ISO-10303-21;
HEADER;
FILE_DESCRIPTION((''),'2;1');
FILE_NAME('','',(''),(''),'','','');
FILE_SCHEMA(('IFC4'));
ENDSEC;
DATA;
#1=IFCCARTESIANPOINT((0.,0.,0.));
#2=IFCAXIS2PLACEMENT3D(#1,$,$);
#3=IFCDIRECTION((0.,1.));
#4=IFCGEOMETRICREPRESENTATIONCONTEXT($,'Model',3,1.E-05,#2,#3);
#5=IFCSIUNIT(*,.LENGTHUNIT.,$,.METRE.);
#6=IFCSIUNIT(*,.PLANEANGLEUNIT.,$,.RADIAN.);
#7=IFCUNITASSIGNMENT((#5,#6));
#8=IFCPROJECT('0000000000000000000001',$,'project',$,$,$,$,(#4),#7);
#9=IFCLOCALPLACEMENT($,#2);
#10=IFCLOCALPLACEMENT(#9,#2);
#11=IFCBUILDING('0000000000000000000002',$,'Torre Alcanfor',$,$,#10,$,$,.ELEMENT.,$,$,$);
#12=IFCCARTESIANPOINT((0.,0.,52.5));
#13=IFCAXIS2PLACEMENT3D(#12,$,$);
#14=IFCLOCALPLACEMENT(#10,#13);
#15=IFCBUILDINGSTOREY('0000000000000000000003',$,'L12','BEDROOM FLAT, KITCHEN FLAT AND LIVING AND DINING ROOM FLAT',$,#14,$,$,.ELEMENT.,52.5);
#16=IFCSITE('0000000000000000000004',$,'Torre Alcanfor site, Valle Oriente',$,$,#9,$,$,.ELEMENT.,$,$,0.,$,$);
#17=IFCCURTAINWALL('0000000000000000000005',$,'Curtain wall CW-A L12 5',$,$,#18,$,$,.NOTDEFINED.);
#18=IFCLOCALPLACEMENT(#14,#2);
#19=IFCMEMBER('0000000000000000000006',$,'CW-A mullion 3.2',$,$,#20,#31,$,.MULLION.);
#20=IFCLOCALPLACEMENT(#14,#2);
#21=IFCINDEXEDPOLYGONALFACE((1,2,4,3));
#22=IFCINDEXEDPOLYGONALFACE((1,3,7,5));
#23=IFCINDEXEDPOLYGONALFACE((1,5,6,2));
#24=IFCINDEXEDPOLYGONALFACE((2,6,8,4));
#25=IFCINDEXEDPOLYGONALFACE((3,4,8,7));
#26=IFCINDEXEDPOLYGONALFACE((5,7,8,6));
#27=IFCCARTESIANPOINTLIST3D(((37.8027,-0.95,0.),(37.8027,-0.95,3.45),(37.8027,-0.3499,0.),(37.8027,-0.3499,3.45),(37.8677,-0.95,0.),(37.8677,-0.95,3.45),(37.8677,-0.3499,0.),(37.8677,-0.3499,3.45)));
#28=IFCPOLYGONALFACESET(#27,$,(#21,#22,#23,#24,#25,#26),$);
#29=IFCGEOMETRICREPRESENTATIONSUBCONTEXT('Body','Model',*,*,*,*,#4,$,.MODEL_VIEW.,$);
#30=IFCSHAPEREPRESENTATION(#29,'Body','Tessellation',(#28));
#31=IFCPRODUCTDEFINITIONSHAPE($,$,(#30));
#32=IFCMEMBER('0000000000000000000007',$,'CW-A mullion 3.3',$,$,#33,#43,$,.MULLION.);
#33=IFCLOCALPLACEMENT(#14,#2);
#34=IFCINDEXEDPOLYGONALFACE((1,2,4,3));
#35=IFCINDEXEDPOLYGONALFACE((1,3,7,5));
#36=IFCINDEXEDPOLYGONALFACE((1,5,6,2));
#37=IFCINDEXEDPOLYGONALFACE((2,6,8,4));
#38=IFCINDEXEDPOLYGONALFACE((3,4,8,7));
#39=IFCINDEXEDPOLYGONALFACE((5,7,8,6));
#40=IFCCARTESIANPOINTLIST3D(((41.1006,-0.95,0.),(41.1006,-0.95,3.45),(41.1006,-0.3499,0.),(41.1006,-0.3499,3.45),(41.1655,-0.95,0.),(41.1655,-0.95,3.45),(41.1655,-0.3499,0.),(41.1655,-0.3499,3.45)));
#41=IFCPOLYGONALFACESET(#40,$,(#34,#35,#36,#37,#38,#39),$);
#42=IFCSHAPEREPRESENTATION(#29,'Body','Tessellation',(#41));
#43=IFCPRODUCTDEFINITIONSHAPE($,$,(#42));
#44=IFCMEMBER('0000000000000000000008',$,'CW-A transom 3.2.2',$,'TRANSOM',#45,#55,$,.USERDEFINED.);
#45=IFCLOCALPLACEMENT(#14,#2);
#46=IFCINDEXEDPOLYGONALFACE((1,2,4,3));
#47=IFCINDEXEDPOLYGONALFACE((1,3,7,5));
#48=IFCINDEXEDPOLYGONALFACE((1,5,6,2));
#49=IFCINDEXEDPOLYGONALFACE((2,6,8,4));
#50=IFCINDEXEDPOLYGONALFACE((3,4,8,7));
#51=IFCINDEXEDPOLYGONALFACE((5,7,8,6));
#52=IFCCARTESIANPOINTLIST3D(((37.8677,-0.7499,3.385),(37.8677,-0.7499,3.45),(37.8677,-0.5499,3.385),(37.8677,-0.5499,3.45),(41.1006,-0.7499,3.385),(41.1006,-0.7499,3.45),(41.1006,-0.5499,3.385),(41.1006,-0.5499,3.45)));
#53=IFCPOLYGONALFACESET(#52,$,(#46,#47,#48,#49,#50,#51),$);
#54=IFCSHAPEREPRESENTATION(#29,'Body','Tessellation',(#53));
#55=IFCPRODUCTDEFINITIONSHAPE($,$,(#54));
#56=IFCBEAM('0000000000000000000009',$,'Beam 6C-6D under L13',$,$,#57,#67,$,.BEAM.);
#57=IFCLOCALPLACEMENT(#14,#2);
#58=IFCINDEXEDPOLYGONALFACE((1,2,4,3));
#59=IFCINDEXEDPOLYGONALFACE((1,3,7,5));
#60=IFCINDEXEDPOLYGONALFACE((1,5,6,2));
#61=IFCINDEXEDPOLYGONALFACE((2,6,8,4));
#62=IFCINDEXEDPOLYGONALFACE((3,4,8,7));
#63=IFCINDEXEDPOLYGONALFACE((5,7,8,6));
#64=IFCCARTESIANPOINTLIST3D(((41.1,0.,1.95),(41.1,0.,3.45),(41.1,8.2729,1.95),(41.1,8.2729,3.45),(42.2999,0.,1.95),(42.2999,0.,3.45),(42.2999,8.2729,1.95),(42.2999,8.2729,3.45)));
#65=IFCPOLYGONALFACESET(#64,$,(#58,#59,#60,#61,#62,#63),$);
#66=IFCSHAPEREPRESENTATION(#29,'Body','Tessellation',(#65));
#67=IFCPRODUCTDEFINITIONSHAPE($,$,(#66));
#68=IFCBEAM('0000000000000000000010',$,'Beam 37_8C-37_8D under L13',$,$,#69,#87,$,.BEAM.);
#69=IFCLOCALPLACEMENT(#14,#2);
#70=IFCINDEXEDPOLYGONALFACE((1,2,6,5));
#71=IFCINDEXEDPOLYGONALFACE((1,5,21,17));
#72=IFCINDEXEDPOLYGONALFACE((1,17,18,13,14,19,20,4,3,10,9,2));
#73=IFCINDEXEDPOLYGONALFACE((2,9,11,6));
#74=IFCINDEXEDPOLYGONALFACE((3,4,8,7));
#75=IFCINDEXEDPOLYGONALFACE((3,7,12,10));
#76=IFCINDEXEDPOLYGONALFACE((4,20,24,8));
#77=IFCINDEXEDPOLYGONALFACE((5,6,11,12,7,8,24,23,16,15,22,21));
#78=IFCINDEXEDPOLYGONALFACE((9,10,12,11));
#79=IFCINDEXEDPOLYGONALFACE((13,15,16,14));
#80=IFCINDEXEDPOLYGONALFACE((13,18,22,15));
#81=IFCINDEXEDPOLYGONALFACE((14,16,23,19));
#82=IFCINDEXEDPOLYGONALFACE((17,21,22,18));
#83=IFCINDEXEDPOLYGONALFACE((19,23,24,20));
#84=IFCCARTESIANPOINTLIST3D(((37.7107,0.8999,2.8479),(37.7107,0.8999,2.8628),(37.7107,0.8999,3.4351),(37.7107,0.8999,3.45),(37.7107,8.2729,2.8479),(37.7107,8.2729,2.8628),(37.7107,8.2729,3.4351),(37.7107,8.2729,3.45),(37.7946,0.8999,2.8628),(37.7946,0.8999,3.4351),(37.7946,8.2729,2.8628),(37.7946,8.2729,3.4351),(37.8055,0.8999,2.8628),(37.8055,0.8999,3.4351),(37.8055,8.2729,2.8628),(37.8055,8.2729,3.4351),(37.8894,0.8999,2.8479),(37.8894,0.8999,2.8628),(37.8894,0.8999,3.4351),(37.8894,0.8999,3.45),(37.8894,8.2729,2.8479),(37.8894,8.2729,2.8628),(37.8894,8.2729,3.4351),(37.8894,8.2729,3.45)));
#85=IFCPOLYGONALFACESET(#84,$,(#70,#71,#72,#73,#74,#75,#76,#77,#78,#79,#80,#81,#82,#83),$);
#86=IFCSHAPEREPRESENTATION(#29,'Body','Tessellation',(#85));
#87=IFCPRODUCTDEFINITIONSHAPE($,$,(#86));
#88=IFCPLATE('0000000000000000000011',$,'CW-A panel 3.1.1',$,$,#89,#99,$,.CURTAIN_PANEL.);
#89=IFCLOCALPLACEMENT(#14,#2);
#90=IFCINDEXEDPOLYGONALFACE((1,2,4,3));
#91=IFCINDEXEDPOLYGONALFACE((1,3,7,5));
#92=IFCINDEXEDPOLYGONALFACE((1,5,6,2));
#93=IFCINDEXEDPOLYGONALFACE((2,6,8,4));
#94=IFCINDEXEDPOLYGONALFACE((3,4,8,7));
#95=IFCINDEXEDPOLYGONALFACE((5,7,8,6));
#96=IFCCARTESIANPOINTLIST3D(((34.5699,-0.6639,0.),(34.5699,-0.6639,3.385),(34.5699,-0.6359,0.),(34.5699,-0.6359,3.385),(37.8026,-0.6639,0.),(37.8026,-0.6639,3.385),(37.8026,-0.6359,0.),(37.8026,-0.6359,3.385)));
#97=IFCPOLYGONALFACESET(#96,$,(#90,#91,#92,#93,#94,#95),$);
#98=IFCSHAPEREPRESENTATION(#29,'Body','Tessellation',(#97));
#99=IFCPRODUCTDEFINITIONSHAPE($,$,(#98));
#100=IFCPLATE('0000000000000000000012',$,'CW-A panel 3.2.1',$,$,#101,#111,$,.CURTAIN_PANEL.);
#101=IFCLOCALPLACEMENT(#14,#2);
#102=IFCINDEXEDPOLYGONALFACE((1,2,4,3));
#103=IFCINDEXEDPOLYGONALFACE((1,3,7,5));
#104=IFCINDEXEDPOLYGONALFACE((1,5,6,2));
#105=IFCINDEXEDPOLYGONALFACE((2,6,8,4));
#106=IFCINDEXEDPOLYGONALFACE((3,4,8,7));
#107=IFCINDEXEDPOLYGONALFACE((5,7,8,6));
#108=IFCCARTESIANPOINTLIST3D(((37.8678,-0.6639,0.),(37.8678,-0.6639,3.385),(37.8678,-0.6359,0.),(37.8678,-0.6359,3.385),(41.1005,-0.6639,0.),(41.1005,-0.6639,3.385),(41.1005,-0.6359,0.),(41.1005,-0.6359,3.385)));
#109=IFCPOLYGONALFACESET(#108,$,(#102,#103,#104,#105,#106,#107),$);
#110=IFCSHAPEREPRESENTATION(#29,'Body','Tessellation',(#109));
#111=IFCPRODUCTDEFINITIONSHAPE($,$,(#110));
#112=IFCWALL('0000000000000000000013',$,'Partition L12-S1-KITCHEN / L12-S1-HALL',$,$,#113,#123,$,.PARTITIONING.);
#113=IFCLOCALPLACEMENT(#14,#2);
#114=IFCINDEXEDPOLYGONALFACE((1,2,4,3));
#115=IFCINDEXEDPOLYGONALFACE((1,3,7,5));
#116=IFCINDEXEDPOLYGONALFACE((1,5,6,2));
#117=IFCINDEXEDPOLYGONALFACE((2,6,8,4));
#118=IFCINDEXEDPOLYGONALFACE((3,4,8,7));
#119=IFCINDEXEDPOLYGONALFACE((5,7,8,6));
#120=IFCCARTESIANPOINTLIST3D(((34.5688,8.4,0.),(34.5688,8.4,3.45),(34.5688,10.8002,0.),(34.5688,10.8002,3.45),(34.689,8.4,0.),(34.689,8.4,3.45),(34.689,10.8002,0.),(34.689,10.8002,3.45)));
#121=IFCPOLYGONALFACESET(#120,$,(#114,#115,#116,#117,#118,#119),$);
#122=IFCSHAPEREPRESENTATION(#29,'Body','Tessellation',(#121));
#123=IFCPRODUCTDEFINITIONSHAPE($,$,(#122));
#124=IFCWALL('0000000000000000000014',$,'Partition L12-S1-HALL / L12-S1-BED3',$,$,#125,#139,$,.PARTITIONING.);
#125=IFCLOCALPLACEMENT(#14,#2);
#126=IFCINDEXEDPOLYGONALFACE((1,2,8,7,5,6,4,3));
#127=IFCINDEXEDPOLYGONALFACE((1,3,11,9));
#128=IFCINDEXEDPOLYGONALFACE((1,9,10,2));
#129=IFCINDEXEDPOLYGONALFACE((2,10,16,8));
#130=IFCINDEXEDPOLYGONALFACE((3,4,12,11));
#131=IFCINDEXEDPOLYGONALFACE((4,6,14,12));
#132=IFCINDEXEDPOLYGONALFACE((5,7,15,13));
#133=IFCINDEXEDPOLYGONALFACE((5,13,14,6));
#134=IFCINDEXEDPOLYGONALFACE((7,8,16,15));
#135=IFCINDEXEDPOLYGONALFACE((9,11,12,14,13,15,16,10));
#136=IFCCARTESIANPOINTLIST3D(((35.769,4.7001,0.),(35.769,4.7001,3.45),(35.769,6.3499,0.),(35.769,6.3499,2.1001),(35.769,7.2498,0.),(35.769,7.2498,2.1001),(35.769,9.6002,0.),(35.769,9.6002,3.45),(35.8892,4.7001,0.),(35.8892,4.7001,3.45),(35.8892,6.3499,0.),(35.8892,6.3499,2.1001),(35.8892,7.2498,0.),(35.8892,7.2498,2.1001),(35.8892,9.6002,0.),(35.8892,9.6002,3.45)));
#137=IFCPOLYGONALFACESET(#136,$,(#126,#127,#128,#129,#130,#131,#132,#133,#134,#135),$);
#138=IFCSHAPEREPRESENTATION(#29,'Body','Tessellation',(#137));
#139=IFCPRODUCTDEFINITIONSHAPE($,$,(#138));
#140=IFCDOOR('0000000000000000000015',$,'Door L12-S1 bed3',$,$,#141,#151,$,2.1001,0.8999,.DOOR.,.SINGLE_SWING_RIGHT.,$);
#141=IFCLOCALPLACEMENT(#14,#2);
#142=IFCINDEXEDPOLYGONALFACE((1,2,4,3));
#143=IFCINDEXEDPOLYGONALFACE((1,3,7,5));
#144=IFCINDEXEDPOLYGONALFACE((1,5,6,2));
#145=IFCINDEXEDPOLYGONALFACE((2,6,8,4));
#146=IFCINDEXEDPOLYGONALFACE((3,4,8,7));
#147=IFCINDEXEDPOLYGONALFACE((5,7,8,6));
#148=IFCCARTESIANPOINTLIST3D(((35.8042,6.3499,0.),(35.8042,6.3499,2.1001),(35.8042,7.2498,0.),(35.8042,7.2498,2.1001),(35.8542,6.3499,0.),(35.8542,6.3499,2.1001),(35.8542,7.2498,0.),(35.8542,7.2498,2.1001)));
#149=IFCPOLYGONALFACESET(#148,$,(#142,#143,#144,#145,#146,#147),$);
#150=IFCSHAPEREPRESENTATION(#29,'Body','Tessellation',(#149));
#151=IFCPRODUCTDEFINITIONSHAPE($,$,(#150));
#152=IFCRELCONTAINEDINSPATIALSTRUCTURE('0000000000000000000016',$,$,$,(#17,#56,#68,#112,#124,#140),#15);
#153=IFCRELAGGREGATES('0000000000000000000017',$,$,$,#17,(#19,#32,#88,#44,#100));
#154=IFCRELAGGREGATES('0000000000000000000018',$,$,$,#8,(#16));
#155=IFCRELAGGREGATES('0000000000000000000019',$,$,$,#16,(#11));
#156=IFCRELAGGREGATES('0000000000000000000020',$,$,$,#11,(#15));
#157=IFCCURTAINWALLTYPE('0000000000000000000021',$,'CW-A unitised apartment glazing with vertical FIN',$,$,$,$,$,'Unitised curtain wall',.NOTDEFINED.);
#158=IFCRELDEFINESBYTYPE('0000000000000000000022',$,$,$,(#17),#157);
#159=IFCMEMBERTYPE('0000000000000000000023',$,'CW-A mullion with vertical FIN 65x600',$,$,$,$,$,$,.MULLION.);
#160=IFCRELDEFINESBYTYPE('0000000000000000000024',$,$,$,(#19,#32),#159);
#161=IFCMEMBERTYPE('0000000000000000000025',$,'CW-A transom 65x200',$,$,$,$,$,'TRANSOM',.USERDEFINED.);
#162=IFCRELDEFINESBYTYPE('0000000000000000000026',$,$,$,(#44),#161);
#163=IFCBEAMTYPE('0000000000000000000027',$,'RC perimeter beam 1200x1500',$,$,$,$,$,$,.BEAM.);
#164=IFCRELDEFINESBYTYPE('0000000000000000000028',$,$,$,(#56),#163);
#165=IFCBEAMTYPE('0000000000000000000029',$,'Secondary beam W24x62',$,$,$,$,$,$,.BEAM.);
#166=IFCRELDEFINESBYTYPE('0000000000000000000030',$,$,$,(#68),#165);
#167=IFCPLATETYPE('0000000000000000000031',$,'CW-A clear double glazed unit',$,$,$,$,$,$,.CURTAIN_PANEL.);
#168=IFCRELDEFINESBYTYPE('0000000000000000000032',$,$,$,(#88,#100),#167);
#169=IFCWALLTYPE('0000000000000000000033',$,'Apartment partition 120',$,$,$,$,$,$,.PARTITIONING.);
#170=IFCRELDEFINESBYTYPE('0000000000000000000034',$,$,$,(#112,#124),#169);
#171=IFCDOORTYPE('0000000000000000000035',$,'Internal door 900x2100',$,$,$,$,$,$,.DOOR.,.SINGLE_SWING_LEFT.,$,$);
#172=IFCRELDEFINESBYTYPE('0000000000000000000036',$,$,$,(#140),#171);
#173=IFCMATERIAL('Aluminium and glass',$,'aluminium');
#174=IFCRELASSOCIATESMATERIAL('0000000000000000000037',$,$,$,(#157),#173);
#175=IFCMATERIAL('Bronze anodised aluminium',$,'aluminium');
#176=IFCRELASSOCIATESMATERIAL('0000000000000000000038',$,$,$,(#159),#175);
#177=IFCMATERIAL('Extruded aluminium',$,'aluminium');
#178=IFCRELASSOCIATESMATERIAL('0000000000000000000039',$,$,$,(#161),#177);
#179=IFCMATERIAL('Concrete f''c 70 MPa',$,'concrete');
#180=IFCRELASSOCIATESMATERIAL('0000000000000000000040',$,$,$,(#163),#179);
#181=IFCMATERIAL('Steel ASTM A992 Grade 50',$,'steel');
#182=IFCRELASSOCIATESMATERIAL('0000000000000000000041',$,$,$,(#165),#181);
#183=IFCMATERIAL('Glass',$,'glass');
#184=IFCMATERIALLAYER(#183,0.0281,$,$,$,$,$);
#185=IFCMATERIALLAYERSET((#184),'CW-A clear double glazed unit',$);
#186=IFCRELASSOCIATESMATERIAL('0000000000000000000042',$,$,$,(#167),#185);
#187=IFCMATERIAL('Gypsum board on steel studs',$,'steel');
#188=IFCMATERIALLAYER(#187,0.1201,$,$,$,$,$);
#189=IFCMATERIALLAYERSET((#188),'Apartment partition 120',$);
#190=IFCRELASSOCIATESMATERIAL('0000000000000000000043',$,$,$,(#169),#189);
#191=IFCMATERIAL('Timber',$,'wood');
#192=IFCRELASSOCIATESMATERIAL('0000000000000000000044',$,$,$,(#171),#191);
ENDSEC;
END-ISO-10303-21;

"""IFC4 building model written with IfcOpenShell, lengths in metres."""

from ifc_helpers import new_model, si_unit, direction, frame, frame_2d, origin, origin_2d, place, context, subcontext, project, spatial, rectangle, i_section, extrude, material, layer, layer_set, material_profile, profile_set, type_object, element, fill, aggregate, save


model = new_model("IFC4")

# Units and contexts
model_context = context("Model", 3, precision=1e-05, world=origin(), true_north=direction((0.0, 1.0)))
body_context = subcontext(model_context, "Body", "Model", "MODEL_VIEW")
ifc_project = project(units=[si_unit("LENGTHUNIT", "METRE"), si_unit("PLANEANGLEUNIT", "RADIAN")], contexts=[model_context])

# Site, building, storey
site_placement = place(None, origin())
site = spatial("IfcSite", under=ifc_project, at=site_placement, Name="Torre Alcanfor site, Valle Oriente", CompositionType="ELEMENT", RefElevation=0.0)
building_placement = place(site_placement, origin())
building = spatial("IfcBuilding", under=site, at=building_placement, Name="Torre Alcanfor", CompositionType="ELEMENT")
storey_placement = place(building_placement, frame((0.0, 0.0, 52.5)))
storey = spatial("IfcBuildingStorey", under=building, at=storey_placement, Name="L12", Description="BEDROOM FLAT, KITCHEN FLAT AND LIVING AND DINING ROOM FLAT", CompositionType="ELEMENT", Elevation=52.5)

# Curtain wall, members
ifc_material_1 = material(Name="Aluminium and glass", Category="aluminium")
curtain_wall_type = type_object("IfcCurtainWallType", Name="CW-A unitised apartment glazing with vertical FIN", ElementType="Unitised curtain wall", PredefinedType="NOTDEFINED", material=ifc_material_1)
curtain_wall_placement = place(storey_placement, origin())
curtain_wall = element("IfcCurtainWall", 1, at=curtain_wall_placement, inside=storey, type_object=curtain_wall_type, Name="Curtain wall CW-A L12 5", PredefinedType="NOTDEFINED")
ifc_material_2 = material(Name="Bronze anodised aluminium", Category="aluminium")
ifc_material_profile_1 = material_profile(ifc_material_2, rectangle(XDim=0.6001, YDim=0.0649, at=origin_2d()), Name="CW-A mullion 65x600")
ifc_profile_set_1 = profile_set([ifc_material_profile_1], Name="Bronze anodised aluminium")
member_type_1 = type_object("IfcMemberType", Name="CW-A mullion with vertical FIN 65x600", PredefinedType="MULLION", material=ifc_profile_set_1)
member_1_placement = place(storey_placement, frame((37.8352, -0.6499, 0.0), z_axis=(0.0, 0.0, 1.0), x_axis=(0.0, 1.0, 0.0)))
member_1 = element("IfcMember", 2, at=member_1_placement, type_object=member_type_1, Name="CW-A mullion 3.2", PredefinedType="MULLION", context=body_context, shape_type="SweptSolid", body=[
    extrude(rectangle(XDim=0.6001, YDim=0.0649, at=origin_2d()), origin(), (0.0, 0.0, 1.0), 3.45),
])
member_2_placement = place(storey_placement, frame((41.1331, -0.6499, 0.0), z_axis=(0.0, 0.0, 1.0), x_axis=(0.0, 1.0, 0.0)))
member_2 = element("IfcMember", 3, at=member_2_placement, type_object=member_type_1, Name="CW-A mullion 3.3", PredefinedType="MULLION", context=body_context, shape_type="SweptSolid", body=[
    extrude(rectangle(XDim=0.6001, YDim=0.0649, at=origin_2d()), origin(), (0.0, 0.0, 1.0), 3.45),
])
ifc_material_3 = material(Name="Extruded aluminium", Category="aluminium")
ifc_material_profile_2 = material_profile(ifc_material_3, rectangle(XDim=0.2, YDim=0.0649, at=origin_2d()), Name="CW-A transom 200x65")
ifc_profile_set_2 = profile_set([ifc_material_profile_2], Name="Extruded aluminium")
member_type_2 = type_object("IfcMemberType", Name="CW-A transom 65x200", ElementType="TRANSOM", PredefinedType="USERDEFINED", material=ifc_profile_set_2)
member_3_placement = place(storey_placement, frame((37.8677, -0.6499, 3.4175), z_axis=(1.0, 0.0, 0.0), x_axis=(0.0, 1.0, 0.0)))
member_3 = element("IfcMember", 4, at=member_3_placement, type_object=member_type_2, Name="CW-A transom 3.2.2", ObjectType="TRANSOM", PredefinedType="USERDEFINED", context=body_context, shape_type="SweptSolid", body=[
    extrude(rectangle(XDim=0.2, YDim=0.0649, at=origin_2d()), origin(), (0.0, 0.0, 1.0), 3.2329),
])

# Beams
ifc_material_4 = material(Name="Concrete f'c 70 MPa", Category="concrete")
ifc_material_profile_3 = material_profile(ifc_material_4, rectangle(XDim=1.2, YDim=1.5, at=origin_2d()), Name="1200x1500")
ifc_profile_set_3 = profile_set([ifc_material_profile_3], Name="Concrete f'c 70 MPa")
beam_type_1 = type_object("IfcBeamType", Name="RC perimeter beam 1200x1500", PredefinedType="BEAM", material=ifc_profile_set_3)
beam_1_placement = place(storey_placement, frame((41.7, 0.0, 2.7), z_axis=(0.0, 1.0, 0.0), x_axis=(-1.0, 0.0, 0.0)))
element("IfcBeam", 5, at=beam_1_placement, inside=storey, type_object=beam_type_1, Name="Beam 6C-6D under L13", PredefinedType="BEAM", context=body_context, shape_type="SweptSolid", body=[
    extrude(rectangle(XDim=1.2, YDim=1.5, at=origin_2d()), origin(), (0.0, 0.0, 1.0), 8.2729),
])
ifc_material_5 = material(Name="Steel ASTM A992 Grade 50", Category="steel")
ifc_material_profile_4 = material_profile(ifc_material_5, i_section(OverallWidth=0.1787, OverallDepth=0.6021, WebThickness=0.011, FlangeThickness=0.0149, at=origin_2d()), Name="W24x62")
ifc_profile_set_4 = profile_set([ifc_material_profile_4], Name="Steel ASTM A992 Grade 50")
beam_type_2 = type_object("IfcBeamType", Name="Secondary beam W24x62", PredefinedType="BEAM", material=ifc_profile_set_4)
beam_2_placement = place(storey_placement, frame((37.8, 0.8999, 3.1489), z_axis=(0.0, 1.0, 0.0), x_axis=(-1.0, 0.0, 0.0)))
element("IfcBeam", 6, at=beam_2_placement, inside=storey, type_object=beam_type_2, Name="Beam 37_8C-37_8D under L13", PredefinedType="BEAM", context=body_context, shape_type="SweptSolid", body=[
    extrude(i_section(OverallWidth=0.1787, OverallDepth=0.6021, WebThickness=0.011, FlangeThickness=0.0149, at=origin_2d()), origin(), (0.0, 0.0, 1.0), 7.373),
])

# Plates
ifc_material_6 = material(Name="Glass", Category="glass")
ifc_layer_1 = layer(ifc_material_6, 0.0281)
ifc_layer_set_1 = layer_set([ifc_layer_1], Name="CW-A clear double glazed unit")
plate_type = type_object("IfcPlateType", Name="CW-A clear double glazed unit", PredefinedType="CURTAIN_PANEL", material=ifc_layer_set_1)
plate_1_placement = place(storey_placement, frame((36.1863, -0.6499, 0.0), z_axis=(0.0, 0.0, 1.0), x_axis=(1.0, 0.0, 0.0)))
plate_1 = element("IfcPlate", 7, at=plate_1_placement, type_object=plate_type, Name="CW-A panel 3.1.1", PredefinedType="CURTAIN_PANEL", context=body_context, shape_type="SweptSolid", body=[
    extrude(rectangle(XDim=3.2327, YDim=0.0281, at=origin_2d()), origin(), (0.0, 0.0, 1.0), 3.385),
])
plate_2_placement = place(storey_placement, frame((39.4841, -0.6499, 0.0), z_axis=(0.0, 0.0, 1.0), x_axis=(1.0, 0.0, 0.0)))
plate_2 = element("IfcPlate", 8, at=plate_2_placement, type_object=plate_type, Name="CW-A panel 3.2.1", PredefinedType="CURTAIN_PANEL", context=body_context, shape_type="SweptSolid", body=[
    extrude(rectangle(XDim=3.2327, YDim=0.0281, at=origin_2d()), origin(), (0.0, 0.0, 1.0), 3.385),
])
aggregate(curtain_wall, [member_1, member_2, plate_1, member_3, plate_2])

# Wall
ifc_material_7 = material(Name="Gypsum board on steel studs", Category="steel")
ifc_layer_2 = layer(ifc_material_7, 0.1201)
ifc_layer_set_2 = layer_set([ifc_layer_2], Name="Apartment partition 120")
wall_type_1 = type_object("IfcWallType", Name="Apartment partition 120", PredefinedType="PARTITIONING", material=ifc_layer_set_2)
wall_1_placement = place(storey_placement, frame((34.6289, 8.3999, 0.0), z_axis=(0.0, 0.0, 1.0), x_axis=(0.0, 1.0, 0.0)))
element("IfcWall", 9, at=wall_1_placement, inside=storey, type_object=wall_type_1, Name="Partition L12-S1-KITCHEN / L12-S1-HALL", PredefinedType="PARTITIONING", context=body_context, shape_type="SweptSolid", body=[
    extrude(rectangle(XDim=2.4001, YDim=0.1201, at=frame_2d((1.2002, 0.0))), origin(), (0.0, 0.0, 1.0), 3.45),
])

# Wall, opening, door
wall_2_placement = place(storey_placement, frame((35.8291, 4.7, 0.0), z_axis=(0.0, 0.0, 1.0), x_axis=(0.0, 1.0, 0.0)))
wall_2 = element("IfcWall", 10, at=wall_2_placement, inside=storey, type_object=wall_type_1, Name="Partition L12-S1-HALL / L12-S1-BED3", PredefinedType="PARTITIONING", context=body_context, shape_type="SweptSolid", body=[
    extrude(rectangle(XDim=4.9001, YDim=0.1201, at=frame_2d((2.4502, 0.0))), origin(), (0.0, 0.0, 1.0), 3.45),
])
opening_1_placement = place(wall_2_placement, frame((1.6499, 0.0, 0.0)))
opening_1 = element("IfcOpeningElement", 11, at=opening_1_placement, cuts=wall_2, PredefinedType="OPENING", context=body_context, shape_type="SweptSolid", body=[
    extrude(rectangle(XDim=0.8999, YDim=2.1001, at=frame_2d((0.45, 1.05))), frame((0.0, 0.0701, 0.0), z_axis=(0.0, -1.0, 0.0), x_axis=(1.0, 0.0, 0.0)), (0.0, 0.0, 1.0), 0.1401),
])
ifc_material_8 = material(Name="Timber", Category="wood")
door_type = type_object("IfcDoorType", Name="Internal door 900x2100", OperationType="SINGLE_SWING_LEFT", PredefinedType="DOOR", material=ifc_material_8)
door_1_placement = place(opening_1_placement, frame((0.8999, 0.0, 0.0), z_axis=(0.0, 0.0, 1.0), x_axis=(-1.0, 0.0, 0.0)))
door_1 = element("IfcDoor", 12, at=door_1_placement, inside=storey, type_object=door_type, Name="Door L12-S1 bed3", OperationType="SINGLE_SWING_RIGHT", OverallHeight=2.1001, OverallWidth=0.8999, PredefinedType="DOOR", context=body_context, shape_type="SweptSolid", body=[
    extrude(rectangle(XDim=0.8999, YDim=2.1001, at=frame_2d((0.45, 1.05))), frame((0.0, 0.0251, 0.0), z_axis=(0.0, -1.0, 0.0), x_axis=(1.0, 0.0, 0.0)), (0.0, 0.0, 1.0), 0.05),
])
fill(opening_1, door_1)

save(model, "model.ifc")
